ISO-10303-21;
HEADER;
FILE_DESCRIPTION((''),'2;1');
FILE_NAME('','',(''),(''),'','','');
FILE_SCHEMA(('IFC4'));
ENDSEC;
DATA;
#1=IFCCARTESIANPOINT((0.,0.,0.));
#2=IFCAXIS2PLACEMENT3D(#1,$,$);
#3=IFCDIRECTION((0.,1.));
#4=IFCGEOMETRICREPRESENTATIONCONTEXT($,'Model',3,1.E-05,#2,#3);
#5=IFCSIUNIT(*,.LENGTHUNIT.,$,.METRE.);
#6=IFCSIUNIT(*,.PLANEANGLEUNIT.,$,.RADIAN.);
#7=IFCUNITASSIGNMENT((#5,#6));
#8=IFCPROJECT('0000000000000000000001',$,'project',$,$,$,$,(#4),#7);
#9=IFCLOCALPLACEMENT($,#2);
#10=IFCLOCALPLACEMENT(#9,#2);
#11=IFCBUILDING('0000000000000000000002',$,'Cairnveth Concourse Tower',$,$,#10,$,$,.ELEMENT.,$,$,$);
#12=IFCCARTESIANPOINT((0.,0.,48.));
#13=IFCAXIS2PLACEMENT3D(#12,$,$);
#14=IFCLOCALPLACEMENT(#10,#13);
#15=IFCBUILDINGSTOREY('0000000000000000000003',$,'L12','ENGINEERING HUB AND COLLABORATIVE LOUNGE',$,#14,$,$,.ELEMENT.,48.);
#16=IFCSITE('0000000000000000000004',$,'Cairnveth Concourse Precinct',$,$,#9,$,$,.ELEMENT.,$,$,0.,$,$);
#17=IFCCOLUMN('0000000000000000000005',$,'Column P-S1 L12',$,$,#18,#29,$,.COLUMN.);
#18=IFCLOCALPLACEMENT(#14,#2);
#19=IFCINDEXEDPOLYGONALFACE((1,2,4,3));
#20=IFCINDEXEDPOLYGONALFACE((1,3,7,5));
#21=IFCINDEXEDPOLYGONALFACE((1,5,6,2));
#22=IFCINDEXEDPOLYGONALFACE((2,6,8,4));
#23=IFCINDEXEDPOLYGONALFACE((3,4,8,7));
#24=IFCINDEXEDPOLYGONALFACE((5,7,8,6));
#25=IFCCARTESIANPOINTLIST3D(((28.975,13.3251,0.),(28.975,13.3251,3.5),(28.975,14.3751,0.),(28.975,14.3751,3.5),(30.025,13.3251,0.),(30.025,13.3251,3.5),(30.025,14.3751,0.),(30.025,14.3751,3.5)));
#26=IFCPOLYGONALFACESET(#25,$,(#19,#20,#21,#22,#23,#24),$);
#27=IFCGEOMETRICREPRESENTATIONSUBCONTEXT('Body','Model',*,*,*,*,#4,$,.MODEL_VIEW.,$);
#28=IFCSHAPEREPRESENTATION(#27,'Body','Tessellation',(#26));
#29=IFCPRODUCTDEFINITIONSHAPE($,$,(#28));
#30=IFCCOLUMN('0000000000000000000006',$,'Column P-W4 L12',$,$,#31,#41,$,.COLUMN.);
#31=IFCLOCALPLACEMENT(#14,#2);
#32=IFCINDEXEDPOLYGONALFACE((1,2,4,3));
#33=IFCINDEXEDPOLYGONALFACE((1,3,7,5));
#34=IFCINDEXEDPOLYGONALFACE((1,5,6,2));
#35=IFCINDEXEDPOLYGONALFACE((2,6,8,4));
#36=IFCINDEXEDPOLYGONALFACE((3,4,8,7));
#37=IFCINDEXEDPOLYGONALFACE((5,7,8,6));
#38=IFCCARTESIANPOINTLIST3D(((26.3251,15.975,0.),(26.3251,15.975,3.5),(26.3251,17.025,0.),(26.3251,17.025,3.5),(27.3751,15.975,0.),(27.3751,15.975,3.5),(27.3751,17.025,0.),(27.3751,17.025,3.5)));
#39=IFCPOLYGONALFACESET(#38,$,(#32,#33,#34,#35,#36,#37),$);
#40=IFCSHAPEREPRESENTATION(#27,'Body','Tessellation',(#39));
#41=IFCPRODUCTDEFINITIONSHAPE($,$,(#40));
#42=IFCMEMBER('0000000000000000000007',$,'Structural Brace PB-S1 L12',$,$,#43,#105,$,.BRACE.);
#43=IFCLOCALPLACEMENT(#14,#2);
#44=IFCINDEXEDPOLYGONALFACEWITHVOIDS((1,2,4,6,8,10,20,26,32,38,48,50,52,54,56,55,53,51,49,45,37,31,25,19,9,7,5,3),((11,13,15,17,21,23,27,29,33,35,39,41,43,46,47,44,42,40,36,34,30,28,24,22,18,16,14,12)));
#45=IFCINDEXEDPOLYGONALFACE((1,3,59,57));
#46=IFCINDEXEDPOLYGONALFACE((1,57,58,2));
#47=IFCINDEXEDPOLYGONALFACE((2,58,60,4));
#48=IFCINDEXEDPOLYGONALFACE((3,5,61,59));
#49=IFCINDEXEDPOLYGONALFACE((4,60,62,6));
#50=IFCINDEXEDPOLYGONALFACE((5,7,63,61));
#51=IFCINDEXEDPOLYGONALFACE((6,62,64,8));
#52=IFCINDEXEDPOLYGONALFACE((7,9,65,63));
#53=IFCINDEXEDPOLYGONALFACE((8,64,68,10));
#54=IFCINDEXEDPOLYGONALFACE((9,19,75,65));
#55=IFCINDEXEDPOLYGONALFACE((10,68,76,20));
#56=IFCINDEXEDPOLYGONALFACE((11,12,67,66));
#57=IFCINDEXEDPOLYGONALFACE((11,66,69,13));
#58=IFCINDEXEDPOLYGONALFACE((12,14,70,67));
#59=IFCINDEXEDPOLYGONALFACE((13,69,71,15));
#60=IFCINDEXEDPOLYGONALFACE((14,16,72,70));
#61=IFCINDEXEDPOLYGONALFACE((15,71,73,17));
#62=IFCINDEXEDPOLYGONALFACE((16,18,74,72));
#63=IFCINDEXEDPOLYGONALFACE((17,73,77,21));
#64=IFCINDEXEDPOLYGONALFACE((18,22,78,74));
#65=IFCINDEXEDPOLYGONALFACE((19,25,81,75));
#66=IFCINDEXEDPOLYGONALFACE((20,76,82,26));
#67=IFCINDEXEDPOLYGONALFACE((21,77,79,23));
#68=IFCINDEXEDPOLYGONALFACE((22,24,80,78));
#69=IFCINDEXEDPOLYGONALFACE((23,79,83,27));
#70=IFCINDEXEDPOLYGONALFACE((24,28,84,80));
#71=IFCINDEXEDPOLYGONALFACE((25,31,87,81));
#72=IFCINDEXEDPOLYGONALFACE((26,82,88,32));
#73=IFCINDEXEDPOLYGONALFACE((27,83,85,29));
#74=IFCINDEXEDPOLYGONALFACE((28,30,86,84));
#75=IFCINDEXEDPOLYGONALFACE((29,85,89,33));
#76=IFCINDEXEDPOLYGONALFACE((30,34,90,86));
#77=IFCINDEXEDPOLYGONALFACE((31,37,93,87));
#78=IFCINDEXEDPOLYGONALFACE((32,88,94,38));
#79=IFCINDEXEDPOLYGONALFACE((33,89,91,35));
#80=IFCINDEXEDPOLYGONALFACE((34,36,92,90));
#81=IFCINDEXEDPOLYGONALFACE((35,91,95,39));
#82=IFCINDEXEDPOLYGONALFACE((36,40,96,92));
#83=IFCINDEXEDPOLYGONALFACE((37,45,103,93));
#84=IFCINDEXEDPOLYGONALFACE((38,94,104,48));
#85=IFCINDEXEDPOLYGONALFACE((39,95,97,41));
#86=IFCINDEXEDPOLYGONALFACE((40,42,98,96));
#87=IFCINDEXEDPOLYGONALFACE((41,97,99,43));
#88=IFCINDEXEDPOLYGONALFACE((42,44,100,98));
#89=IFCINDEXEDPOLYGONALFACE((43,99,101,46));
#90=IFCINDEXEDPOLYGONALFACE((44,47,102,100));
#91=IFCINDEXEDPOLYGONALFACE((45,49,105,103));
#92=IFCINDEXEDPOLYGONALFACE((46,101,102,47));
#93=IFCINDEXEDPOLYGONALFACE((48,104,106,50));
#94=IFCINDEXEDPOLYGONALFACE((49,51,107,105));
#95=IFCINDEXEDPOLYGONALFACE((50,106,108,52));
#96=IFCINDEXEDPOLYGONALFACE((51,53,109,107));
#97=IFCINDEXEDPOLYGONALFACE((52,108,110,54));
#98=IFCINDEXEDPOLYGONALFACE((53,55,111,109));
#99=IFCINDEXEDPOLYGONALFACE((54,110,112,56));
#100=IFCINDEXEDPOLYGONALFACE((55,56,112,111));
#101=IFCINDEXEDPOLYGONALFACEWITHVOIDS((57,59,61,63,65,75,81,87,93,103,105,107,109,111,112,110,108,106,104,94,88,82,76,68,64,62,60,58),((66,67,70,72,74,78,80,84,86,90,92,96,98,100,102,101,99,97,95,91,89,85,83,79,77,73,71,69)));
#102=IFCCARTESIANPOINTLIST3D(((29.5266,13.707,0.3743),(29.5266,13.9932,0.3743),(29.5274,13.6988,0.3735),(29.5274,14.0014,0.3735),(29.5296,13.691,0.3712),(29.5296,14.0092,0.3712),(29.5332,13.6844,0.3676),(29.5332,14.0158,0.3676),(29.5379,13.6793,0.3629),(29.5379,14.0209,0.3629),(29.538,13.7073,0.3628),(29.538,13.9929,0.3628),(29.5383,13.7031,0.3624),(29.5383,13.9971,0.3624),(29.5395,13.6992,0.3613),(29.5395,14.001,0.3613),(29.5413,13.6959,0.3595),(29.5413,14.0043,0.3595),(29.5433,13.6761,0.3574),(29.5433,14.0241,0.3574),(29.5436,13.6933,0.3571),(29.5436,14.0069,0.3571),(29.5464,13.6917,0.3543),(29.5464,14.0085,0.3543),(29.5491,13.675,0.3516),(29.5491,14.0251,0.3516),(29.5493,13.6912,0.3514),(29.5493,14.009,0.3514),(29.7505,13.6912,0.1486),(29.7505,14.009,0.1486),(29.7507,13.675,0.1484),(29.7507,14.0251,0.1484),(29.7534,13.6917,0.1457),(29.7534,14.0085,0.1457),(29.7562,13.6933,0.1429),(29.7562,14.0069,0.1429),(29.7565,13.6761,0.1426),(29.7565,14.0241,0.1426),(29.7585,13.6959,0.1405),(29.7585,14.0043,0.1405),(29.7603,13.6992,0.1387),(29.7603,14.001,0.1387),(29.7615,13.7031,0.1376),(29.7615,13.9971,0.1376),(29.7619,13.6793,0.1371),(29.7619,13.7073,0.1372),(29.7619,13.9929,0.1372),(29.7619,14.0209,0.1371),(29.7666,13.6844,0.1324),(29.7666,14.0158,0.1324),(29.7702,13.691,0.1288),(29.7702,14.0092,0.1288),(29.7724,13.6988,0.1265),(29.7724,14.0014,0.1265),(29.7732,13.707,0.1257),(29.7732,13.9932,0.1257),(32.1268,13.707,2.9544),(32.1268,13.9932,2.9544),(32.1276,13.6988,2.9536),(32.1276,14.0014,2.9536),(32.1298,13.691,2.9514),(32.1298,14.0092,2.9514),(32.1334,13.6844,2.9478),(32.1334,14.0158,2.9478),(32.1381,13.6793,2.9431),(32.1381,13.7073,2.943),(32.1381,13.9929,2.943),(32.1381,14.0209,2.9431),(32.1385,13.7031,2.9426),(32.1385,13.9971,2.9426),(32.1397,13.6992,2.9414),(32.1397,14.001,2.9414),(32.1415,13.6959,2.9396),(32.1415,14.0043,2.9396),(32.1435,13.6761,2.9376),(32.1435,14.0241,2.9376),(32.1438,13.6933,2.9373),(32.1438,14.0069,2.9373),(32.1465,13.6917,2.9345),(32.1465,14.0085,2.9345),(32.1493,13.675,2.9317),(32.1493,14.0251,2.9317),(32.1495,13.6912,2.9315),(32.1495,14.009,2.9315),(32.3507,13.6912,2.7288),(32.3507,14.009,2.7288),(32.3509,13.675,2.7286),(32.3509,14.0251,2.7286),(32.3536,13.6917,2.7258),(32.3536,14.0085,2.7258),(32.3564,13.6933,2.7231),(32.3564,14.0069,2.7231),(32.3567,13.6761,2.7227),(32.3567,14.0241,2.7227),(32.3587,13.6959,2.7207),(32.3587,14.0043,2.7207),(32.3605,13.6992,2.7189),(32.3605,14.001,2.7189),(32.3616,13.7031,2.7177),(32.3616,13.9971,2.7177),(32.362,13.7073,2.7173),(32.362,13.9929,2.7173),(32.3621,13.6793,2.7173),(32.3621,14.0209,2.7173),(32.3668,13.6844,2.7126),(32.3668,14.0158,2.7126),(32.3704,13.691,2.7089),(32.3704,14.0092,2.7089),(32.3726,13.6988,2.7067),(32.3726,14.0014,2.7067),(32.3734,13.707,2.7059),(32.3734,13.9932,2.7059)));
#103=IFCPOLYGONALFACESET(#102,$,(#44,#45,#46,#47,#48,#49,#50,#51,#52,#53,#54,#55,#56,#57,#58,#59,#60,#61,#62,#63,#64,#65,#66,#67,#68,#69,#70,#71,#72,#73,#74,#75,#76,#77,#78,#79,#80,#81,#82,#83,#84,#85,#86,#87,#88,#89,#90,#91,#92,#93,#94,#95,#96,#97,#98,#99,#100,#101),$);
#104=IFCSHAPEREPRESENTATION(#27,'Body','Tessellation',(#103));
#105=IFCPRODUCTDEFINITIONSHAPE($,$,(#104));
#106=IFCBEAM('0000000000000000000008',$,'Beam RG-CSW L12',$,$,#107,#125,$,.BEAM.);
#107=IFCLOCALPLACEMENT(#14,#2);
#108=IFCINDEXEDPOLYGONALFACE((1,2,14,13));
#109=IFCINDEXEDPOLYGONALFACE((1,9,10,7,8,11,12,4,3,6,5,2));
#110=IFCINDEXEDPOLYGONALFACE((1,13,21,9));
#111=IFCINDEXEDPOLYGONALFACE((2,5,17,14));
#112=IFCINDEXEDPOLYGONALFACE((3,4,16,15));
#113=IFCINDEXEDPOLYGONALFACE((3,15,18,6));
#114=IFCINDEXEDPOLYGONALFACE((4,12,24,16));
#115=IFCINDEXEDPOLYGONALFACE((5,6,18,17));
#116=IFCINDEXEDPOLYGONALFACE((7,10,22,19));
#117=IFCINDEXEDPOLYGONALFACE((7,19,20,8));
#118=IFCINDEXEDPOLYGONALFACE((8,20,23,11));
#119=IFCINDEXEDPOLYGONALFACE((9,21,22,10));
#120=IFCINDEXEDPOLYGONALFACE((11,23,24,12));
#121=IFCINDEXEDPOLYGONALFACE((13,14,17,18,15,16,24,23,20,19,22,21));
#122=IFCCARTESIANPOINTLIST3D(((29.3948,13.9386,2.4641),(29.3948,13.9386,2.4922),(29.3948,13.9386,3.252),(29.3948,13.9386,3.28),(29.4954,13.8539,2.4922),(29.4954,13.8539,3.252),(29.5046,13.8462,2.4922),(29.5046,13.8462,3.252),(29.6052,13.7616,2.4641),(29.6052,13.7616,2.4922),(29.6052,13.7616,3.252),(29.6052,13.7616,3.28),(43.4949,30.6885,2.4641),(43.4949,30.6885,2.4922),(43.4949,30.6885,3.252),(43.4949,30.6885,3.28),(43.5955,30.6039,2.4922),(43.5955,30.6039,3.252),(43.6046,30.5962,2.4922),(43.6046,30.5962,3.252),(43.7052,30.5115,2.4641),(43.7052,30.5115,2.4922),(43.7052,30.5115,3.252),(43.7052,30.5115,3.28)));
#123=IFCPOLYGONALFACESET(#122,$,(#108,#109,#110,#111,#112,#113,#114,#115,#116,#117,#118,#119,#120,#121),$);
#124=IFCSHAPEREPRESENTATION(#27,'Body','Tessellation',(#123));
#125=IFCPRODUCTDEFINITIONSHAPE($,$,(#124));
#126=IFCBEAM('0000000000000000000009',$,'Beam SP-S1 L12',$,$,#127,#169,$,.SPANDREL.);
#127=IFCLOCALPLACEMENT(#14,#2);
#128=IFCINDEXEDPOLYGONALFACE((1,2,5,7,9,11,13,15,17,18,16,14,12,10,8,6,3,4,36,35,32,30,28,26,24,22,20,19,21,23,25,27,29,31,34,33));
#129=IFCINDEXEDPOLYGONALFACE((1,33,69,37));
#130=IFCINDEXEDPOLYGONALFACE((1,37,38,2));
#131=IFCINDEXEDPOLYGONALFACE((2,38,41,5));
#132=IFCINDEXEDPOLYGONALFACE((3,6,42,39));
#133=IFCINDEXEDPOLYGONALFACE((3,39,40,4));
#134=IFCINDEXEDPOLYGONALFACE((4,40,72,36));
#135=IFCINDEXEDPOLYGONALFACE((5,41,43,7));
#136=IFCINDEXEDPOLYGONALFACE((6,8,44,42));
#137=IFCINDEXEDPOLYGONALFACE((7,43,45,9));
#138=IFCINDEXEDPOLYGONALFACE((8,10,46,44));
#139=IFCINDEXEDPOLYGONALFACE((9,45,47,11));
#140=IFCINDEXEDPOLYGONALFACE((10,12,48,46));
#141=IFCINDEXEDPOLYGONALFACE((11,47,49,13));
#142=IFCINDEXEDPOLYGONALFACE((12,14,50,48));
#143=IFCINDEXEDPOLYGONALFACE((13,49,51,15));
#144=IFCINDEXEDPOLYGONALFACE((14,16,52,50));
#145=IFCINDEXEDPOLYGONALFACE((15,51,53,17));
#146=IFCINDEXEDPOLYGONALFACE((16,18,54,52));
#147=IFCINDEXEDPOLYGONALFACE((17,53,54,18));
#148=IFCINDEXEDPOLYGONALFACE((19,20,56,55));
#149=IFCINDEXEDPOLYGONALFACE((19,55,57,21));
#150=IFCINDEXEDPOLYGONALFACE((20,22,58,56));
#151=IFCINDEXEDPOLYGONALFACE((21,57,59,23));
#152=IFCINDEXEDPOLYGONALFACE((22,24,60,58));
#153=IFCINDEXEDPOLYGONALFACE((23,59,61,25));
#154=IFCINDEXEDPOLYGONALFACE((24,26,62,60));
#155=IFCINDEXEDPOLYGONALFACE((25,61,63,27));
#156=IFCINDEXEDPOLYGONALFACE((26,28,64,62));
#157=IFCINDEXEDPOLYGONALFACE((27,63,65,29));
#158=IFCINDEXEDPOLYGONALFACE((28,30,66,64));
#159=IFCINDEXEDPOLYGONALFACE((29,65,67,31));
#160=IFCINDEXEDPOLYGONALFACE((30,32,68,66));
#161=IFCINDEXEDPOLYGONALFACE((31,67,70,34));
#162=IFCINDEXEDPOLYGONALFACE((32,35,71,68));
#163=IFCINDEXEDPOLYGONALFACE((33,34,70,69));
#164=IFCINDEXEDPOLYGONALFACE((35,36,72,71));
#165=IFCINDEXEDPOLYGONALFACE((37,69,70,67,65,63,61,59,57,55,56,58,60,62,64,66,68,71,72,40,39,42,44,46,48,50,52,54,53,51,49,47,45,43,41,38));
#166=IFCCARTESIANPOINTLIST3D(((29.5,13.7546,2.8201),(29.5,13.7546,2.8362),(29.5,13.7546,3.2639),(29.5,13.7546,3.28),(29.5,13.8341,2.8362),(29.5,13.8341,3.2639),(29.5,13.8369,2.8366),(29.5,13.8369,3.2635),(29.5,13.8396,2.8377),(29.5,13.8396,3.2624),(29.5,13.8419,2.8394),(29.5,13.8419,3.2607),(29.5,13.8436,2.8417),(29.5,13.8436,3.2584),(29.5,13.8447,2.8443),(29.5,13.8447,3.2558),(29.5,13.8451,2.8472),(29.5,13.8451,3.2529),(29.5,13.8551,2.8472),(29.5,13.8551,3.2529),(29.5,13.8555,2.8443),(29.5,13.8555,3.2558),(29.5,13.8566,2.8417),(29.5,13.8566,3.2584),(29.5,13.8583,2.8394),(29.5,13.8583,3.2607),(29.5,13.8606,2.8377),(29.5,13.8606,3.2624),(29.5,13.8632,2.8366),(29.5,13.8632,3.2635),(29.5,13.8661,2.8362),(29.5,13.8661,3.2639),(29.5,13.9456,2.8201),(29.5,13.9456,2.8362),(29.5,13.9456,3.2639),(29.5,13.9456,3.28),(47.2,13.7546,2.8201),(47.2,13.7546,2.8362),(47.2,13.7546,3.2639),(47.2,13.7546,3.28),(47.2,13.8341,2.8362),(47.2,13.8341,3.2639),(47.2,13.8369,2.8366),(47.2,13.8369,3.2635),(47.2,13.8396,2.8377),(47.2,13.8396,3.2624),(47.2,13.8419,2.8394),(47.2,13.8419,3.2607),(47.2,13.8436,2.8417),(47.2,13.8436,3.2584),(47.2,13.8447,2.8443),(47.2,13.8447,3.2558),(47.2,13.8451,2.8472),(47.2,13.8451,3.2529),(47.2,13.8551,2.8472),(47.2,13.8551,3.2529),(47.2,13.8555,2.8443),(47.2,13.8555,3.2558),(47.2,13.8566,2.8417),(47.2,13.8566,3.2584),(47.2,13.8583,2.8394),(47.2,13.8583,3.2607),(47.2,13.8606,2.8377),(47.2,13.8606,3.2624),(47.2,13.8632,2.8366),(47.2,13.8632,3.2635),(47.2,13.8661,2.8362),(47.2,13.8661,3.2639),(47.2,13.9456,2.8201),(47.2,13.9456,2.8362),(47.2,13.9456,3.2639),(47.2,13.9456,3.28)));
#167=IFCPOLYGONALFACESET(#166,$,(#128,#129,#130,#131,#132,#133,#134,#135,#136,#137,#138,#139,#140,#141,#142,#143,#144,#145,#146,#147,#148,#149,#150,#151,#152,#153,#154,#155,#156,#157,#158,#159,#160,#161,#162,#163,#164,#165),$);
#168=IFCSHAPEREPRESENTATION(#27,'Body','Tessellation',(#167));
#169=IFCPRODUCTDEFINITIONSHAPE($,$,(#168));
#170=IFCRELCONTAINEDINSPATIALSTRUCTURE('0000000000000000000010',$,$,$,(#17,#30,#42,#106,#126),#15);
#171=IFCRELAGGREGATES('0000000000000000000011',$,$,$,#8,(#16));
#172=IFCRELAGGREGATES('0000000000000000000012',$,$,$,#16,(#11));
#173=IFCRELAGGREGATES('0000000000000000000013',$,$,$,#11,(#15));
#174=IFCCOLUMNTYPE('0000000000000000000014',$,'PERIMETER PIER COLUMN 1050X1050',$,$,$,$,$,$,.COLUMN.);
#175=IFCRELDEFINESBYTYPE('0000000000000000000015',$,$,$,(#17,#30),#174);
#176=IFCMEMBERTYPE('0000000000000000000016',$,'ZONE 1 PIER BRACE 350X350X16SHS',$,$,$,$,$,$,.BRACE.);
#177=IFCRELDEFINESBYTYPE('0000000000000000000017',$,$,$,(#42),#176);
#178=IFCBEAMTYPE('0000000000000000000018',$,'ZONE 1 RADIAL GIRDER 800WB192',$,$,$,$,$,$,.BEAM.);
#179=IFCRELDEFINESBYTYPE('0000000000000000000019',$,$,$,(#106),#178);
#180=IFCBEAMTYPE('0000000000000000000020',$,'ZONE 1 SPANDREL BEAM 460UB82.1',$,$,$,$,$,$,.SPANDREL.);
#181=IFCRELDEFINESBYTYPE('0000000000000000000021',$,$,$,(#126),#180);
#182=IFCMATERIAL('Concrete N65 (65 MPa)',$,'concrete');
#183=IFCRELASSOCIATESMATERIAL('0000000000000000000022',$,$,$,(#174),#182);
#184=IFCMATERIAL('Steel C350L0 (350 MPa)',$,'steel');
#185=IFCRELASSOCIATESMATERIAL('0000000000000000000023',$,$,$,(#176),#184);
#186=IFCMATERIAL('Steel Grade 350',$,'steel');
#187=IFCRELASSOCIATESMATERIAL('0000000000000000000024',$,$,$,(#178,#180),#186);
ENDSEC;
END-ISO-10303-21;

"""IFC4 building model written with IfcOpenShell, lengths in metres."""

from ifc_helpers import new_model, si_unit, direction, frame, origin, origin_2d, place, context, subcontext, project, spatial, rectangle, hollow_rectangle, i_section, extrude, material, material_profile, profile_set, type_object, element, save


model = new_model("IFC4")

# Units and contexts
model_context = context("Model", 3, precision=1e-05, world=origin(), true_north=direction((0.0, 1.0)))
body_context = subcontext(model_context, "Body", "Model", "MODEL_VIEW")
ifc_project = project(units=[si_unit("LENGTHUNIT", "METRE"), si_unit("PLANEANGLEUNIT", "RADIAN")], contexts=[model_context])

# Site, building, storey
site_placement = place(None, origin())
site = spatial("IfcSite", under=ifc_project, at=site_placement, Name="Cairnveth Concourse Precinct", CompositionType="ELEMENT", RefElevation=0.0)
building_placement = place(site_placement, origin())
building = spatial("IfcBuilding", under=site, at=building_placement, Name="Cairnveth Concourse Tower", CompositionType="ELEMENT")
storey_placement = place(building_placement, frame((0.0, 0.0, 48.0)))
storey = spatial("IfcBuildingStorey", under=building, at=storey_placement, Name="L12", Description="ENGINEERING HUB AND COLLABORATIVE LOUNGE", CompositionType="ELEMENT", Elevation=48.0)

# Columns
ifc_material_1 = material(Name="Concrete N65 (65 MPa)", Category="concrete")
ifc_material_profile_1 = material_profile(ifc_material_1, rectangle(XDim=1.05, YDim=1.05, at=origin_2d()), Name="RC-COL-1050x1050")
ifc_profile_set_1 = profile_set([ifc_material_profile_1], Name="Concrete N65 (65 MPa)")
column_type = type_object("IfcColumnType", Name="PERIMETER PIER COLUMN 1050X1050", PredefinedType="COLUMN", material=ifc_profile_set_1)
for number, where, z_axis, x_axis, name in (
    (1, (29.5, 13.8501, 0.0), (0.0, 0.0, 1.0), (1.0, 0.0, 0.0), "Column P-S1 L12"),
    (2, (26.8501, 16.5, 0.0), (0.0, 0.0, 1.0), (0.0, 1.0, 0.0), "Column P-W4 L12"),
):
    element("IfcColumn", number, at=place(storey_placement, frame(where, z_axis=z_axis, x_axis=x_axis)), inside=storey, type_object=column_type, Name=name, PredefinedType="COLUMN", context=body_context, shape_type="SweptSolid", body=[
        extrude(rectangle(XDim=1.05, YDim=1.05, at=origin_2d()), origin(), (0.0, 0.0, 1.0), 3.5),
    ])

# Member
ifc_material_2 = material(Name="Steel C350L0 (350 MPa)", Category="steel")
ifc_material_profile_2 = material_profile(ifc_material_2, hollow_rectangle(XDim=0.3501, YDim=0.3501, WallThickness=0.0161, InnerFilletRadius=0.0161, OuterFilletRadius=0.032, at=origin_2d()), Name="350x350x16.0SHS")
ifc_profile_set_2 = profile_set([ifc_material_profile_2], Name="Steel C350L0 (350 MPa)")
member_type = type_object("IfcMemberType", Name="ZONE 1 PIER BRACE 350X350X16SHS", PredefinedType="BRACE", material=ifc_profile_set_2)
member_placement = place(storey_placement, frame((29.6499, 13.8501, 0.25), z_axis=(0.709834, 0.0, 0.704369), x_axis=(0.0, 1.0, 0.0)))
element("IfcMember", 3, at=member_placement, inside=storey, type_object=member_type, Name="Structural Brace PB-S1 L12", PredefinedType="BRACE", context=body_context, shape_type="SweptSolid", body=[
    extrude(hollow_rectangle(XDim=0.3501, YDim=0.3501, WallThickness=0.0161, InnerFilletRadius=0.0161, OuterFilletRadius=0.032, at=origin_2d()), origin(), (0.0, 0.0, 1.0), 3.6631),
])

# Beams
ifc_material_3 = material(Name="Steel Grade 350", Category="steel")
ifc_material_profile_3 = material_profile(ifc_material_3, i_section(OverallWidth=0.2749, OverallDepth=0.8159, WebThickness=0.012, FlangeThickness=0.0281, at=origin_2d()), Name="800WB192")
ifc_profile_set_3 = profile_set([ifc_material_profile_3], Name="Steel Grade 350")
beam_type_1 = type_object("IfcBeamType", Name="ZONE 1 RADIAL GIRDER 800WB192", PredefinedType="BEAM", material=ifc_profile_set_3)
beam_1_placement = place(storey_placement, frame((29.5, 13.8501, 2.8721), z_axis=(0.643998, 0.765027, 0.0), x_axis=(-0.765027, 0.643998, 0.0)))
element("IfcBeam", 4, at=beam_1_placement, inside=storey, type_object=beam_type_1, Name="Beam RG-CSW L12", PredefinedType="BEAM", context=body_context, shape_type="SweptSolid", body=[
    extrude(i_section(OverallWidth=0.2749, OverallDepth=0.8159, WebThickness=0.012, FlangeThickness=0.0281, at=origin_2d()), origin(), (0.0, 0.0, 1.0), 21.8945),
])
ifc_material_profile_4 = material_profile(ifc_material_3, i_section(OverallWidth=0.1909, OverallDepth=0.46, WebThickness=0.01, FlangeThickness=0.0161, FilletRadius=0.011, at=origin_2d()), Name="460UB82.1")
ifc_profile_set_4 = profile_set([ifc_material_profile_4], Name="Steel Grade 350")
beam_type_2 = type_object("IfcBeamType", Name="ZONE 1 SPANDREL BEAM 460UB82.1", PredefinedType="SPANDREL", material=ifc_profile_set_4)
beam_2_placement = place(storey_placement, frame((29.5, 13.8501, 3.05), z_axis=(1.0, 0.0, 0.0), x_axis=(0.0, 1.0, 0.0)))
element("IfcBeam", 5, at=beam_2_placement, inside=storey, type_object=beam_type_2, Name="Beam SP-S1 L12", PredefinedType="SPANDREL", context=body_context, shape_type="SweptSolid", body=[
    extrude(i_section(OverallWidth=0.1909, OverallDepth=0.46, WebThickness=0.01, FlangeThickness=0.0161, FilletRadius=0.011, at=origin_2d()), origin(), (0.0, 0.0, 1.0), 17.7),
])

save(model, "model.ifc")
